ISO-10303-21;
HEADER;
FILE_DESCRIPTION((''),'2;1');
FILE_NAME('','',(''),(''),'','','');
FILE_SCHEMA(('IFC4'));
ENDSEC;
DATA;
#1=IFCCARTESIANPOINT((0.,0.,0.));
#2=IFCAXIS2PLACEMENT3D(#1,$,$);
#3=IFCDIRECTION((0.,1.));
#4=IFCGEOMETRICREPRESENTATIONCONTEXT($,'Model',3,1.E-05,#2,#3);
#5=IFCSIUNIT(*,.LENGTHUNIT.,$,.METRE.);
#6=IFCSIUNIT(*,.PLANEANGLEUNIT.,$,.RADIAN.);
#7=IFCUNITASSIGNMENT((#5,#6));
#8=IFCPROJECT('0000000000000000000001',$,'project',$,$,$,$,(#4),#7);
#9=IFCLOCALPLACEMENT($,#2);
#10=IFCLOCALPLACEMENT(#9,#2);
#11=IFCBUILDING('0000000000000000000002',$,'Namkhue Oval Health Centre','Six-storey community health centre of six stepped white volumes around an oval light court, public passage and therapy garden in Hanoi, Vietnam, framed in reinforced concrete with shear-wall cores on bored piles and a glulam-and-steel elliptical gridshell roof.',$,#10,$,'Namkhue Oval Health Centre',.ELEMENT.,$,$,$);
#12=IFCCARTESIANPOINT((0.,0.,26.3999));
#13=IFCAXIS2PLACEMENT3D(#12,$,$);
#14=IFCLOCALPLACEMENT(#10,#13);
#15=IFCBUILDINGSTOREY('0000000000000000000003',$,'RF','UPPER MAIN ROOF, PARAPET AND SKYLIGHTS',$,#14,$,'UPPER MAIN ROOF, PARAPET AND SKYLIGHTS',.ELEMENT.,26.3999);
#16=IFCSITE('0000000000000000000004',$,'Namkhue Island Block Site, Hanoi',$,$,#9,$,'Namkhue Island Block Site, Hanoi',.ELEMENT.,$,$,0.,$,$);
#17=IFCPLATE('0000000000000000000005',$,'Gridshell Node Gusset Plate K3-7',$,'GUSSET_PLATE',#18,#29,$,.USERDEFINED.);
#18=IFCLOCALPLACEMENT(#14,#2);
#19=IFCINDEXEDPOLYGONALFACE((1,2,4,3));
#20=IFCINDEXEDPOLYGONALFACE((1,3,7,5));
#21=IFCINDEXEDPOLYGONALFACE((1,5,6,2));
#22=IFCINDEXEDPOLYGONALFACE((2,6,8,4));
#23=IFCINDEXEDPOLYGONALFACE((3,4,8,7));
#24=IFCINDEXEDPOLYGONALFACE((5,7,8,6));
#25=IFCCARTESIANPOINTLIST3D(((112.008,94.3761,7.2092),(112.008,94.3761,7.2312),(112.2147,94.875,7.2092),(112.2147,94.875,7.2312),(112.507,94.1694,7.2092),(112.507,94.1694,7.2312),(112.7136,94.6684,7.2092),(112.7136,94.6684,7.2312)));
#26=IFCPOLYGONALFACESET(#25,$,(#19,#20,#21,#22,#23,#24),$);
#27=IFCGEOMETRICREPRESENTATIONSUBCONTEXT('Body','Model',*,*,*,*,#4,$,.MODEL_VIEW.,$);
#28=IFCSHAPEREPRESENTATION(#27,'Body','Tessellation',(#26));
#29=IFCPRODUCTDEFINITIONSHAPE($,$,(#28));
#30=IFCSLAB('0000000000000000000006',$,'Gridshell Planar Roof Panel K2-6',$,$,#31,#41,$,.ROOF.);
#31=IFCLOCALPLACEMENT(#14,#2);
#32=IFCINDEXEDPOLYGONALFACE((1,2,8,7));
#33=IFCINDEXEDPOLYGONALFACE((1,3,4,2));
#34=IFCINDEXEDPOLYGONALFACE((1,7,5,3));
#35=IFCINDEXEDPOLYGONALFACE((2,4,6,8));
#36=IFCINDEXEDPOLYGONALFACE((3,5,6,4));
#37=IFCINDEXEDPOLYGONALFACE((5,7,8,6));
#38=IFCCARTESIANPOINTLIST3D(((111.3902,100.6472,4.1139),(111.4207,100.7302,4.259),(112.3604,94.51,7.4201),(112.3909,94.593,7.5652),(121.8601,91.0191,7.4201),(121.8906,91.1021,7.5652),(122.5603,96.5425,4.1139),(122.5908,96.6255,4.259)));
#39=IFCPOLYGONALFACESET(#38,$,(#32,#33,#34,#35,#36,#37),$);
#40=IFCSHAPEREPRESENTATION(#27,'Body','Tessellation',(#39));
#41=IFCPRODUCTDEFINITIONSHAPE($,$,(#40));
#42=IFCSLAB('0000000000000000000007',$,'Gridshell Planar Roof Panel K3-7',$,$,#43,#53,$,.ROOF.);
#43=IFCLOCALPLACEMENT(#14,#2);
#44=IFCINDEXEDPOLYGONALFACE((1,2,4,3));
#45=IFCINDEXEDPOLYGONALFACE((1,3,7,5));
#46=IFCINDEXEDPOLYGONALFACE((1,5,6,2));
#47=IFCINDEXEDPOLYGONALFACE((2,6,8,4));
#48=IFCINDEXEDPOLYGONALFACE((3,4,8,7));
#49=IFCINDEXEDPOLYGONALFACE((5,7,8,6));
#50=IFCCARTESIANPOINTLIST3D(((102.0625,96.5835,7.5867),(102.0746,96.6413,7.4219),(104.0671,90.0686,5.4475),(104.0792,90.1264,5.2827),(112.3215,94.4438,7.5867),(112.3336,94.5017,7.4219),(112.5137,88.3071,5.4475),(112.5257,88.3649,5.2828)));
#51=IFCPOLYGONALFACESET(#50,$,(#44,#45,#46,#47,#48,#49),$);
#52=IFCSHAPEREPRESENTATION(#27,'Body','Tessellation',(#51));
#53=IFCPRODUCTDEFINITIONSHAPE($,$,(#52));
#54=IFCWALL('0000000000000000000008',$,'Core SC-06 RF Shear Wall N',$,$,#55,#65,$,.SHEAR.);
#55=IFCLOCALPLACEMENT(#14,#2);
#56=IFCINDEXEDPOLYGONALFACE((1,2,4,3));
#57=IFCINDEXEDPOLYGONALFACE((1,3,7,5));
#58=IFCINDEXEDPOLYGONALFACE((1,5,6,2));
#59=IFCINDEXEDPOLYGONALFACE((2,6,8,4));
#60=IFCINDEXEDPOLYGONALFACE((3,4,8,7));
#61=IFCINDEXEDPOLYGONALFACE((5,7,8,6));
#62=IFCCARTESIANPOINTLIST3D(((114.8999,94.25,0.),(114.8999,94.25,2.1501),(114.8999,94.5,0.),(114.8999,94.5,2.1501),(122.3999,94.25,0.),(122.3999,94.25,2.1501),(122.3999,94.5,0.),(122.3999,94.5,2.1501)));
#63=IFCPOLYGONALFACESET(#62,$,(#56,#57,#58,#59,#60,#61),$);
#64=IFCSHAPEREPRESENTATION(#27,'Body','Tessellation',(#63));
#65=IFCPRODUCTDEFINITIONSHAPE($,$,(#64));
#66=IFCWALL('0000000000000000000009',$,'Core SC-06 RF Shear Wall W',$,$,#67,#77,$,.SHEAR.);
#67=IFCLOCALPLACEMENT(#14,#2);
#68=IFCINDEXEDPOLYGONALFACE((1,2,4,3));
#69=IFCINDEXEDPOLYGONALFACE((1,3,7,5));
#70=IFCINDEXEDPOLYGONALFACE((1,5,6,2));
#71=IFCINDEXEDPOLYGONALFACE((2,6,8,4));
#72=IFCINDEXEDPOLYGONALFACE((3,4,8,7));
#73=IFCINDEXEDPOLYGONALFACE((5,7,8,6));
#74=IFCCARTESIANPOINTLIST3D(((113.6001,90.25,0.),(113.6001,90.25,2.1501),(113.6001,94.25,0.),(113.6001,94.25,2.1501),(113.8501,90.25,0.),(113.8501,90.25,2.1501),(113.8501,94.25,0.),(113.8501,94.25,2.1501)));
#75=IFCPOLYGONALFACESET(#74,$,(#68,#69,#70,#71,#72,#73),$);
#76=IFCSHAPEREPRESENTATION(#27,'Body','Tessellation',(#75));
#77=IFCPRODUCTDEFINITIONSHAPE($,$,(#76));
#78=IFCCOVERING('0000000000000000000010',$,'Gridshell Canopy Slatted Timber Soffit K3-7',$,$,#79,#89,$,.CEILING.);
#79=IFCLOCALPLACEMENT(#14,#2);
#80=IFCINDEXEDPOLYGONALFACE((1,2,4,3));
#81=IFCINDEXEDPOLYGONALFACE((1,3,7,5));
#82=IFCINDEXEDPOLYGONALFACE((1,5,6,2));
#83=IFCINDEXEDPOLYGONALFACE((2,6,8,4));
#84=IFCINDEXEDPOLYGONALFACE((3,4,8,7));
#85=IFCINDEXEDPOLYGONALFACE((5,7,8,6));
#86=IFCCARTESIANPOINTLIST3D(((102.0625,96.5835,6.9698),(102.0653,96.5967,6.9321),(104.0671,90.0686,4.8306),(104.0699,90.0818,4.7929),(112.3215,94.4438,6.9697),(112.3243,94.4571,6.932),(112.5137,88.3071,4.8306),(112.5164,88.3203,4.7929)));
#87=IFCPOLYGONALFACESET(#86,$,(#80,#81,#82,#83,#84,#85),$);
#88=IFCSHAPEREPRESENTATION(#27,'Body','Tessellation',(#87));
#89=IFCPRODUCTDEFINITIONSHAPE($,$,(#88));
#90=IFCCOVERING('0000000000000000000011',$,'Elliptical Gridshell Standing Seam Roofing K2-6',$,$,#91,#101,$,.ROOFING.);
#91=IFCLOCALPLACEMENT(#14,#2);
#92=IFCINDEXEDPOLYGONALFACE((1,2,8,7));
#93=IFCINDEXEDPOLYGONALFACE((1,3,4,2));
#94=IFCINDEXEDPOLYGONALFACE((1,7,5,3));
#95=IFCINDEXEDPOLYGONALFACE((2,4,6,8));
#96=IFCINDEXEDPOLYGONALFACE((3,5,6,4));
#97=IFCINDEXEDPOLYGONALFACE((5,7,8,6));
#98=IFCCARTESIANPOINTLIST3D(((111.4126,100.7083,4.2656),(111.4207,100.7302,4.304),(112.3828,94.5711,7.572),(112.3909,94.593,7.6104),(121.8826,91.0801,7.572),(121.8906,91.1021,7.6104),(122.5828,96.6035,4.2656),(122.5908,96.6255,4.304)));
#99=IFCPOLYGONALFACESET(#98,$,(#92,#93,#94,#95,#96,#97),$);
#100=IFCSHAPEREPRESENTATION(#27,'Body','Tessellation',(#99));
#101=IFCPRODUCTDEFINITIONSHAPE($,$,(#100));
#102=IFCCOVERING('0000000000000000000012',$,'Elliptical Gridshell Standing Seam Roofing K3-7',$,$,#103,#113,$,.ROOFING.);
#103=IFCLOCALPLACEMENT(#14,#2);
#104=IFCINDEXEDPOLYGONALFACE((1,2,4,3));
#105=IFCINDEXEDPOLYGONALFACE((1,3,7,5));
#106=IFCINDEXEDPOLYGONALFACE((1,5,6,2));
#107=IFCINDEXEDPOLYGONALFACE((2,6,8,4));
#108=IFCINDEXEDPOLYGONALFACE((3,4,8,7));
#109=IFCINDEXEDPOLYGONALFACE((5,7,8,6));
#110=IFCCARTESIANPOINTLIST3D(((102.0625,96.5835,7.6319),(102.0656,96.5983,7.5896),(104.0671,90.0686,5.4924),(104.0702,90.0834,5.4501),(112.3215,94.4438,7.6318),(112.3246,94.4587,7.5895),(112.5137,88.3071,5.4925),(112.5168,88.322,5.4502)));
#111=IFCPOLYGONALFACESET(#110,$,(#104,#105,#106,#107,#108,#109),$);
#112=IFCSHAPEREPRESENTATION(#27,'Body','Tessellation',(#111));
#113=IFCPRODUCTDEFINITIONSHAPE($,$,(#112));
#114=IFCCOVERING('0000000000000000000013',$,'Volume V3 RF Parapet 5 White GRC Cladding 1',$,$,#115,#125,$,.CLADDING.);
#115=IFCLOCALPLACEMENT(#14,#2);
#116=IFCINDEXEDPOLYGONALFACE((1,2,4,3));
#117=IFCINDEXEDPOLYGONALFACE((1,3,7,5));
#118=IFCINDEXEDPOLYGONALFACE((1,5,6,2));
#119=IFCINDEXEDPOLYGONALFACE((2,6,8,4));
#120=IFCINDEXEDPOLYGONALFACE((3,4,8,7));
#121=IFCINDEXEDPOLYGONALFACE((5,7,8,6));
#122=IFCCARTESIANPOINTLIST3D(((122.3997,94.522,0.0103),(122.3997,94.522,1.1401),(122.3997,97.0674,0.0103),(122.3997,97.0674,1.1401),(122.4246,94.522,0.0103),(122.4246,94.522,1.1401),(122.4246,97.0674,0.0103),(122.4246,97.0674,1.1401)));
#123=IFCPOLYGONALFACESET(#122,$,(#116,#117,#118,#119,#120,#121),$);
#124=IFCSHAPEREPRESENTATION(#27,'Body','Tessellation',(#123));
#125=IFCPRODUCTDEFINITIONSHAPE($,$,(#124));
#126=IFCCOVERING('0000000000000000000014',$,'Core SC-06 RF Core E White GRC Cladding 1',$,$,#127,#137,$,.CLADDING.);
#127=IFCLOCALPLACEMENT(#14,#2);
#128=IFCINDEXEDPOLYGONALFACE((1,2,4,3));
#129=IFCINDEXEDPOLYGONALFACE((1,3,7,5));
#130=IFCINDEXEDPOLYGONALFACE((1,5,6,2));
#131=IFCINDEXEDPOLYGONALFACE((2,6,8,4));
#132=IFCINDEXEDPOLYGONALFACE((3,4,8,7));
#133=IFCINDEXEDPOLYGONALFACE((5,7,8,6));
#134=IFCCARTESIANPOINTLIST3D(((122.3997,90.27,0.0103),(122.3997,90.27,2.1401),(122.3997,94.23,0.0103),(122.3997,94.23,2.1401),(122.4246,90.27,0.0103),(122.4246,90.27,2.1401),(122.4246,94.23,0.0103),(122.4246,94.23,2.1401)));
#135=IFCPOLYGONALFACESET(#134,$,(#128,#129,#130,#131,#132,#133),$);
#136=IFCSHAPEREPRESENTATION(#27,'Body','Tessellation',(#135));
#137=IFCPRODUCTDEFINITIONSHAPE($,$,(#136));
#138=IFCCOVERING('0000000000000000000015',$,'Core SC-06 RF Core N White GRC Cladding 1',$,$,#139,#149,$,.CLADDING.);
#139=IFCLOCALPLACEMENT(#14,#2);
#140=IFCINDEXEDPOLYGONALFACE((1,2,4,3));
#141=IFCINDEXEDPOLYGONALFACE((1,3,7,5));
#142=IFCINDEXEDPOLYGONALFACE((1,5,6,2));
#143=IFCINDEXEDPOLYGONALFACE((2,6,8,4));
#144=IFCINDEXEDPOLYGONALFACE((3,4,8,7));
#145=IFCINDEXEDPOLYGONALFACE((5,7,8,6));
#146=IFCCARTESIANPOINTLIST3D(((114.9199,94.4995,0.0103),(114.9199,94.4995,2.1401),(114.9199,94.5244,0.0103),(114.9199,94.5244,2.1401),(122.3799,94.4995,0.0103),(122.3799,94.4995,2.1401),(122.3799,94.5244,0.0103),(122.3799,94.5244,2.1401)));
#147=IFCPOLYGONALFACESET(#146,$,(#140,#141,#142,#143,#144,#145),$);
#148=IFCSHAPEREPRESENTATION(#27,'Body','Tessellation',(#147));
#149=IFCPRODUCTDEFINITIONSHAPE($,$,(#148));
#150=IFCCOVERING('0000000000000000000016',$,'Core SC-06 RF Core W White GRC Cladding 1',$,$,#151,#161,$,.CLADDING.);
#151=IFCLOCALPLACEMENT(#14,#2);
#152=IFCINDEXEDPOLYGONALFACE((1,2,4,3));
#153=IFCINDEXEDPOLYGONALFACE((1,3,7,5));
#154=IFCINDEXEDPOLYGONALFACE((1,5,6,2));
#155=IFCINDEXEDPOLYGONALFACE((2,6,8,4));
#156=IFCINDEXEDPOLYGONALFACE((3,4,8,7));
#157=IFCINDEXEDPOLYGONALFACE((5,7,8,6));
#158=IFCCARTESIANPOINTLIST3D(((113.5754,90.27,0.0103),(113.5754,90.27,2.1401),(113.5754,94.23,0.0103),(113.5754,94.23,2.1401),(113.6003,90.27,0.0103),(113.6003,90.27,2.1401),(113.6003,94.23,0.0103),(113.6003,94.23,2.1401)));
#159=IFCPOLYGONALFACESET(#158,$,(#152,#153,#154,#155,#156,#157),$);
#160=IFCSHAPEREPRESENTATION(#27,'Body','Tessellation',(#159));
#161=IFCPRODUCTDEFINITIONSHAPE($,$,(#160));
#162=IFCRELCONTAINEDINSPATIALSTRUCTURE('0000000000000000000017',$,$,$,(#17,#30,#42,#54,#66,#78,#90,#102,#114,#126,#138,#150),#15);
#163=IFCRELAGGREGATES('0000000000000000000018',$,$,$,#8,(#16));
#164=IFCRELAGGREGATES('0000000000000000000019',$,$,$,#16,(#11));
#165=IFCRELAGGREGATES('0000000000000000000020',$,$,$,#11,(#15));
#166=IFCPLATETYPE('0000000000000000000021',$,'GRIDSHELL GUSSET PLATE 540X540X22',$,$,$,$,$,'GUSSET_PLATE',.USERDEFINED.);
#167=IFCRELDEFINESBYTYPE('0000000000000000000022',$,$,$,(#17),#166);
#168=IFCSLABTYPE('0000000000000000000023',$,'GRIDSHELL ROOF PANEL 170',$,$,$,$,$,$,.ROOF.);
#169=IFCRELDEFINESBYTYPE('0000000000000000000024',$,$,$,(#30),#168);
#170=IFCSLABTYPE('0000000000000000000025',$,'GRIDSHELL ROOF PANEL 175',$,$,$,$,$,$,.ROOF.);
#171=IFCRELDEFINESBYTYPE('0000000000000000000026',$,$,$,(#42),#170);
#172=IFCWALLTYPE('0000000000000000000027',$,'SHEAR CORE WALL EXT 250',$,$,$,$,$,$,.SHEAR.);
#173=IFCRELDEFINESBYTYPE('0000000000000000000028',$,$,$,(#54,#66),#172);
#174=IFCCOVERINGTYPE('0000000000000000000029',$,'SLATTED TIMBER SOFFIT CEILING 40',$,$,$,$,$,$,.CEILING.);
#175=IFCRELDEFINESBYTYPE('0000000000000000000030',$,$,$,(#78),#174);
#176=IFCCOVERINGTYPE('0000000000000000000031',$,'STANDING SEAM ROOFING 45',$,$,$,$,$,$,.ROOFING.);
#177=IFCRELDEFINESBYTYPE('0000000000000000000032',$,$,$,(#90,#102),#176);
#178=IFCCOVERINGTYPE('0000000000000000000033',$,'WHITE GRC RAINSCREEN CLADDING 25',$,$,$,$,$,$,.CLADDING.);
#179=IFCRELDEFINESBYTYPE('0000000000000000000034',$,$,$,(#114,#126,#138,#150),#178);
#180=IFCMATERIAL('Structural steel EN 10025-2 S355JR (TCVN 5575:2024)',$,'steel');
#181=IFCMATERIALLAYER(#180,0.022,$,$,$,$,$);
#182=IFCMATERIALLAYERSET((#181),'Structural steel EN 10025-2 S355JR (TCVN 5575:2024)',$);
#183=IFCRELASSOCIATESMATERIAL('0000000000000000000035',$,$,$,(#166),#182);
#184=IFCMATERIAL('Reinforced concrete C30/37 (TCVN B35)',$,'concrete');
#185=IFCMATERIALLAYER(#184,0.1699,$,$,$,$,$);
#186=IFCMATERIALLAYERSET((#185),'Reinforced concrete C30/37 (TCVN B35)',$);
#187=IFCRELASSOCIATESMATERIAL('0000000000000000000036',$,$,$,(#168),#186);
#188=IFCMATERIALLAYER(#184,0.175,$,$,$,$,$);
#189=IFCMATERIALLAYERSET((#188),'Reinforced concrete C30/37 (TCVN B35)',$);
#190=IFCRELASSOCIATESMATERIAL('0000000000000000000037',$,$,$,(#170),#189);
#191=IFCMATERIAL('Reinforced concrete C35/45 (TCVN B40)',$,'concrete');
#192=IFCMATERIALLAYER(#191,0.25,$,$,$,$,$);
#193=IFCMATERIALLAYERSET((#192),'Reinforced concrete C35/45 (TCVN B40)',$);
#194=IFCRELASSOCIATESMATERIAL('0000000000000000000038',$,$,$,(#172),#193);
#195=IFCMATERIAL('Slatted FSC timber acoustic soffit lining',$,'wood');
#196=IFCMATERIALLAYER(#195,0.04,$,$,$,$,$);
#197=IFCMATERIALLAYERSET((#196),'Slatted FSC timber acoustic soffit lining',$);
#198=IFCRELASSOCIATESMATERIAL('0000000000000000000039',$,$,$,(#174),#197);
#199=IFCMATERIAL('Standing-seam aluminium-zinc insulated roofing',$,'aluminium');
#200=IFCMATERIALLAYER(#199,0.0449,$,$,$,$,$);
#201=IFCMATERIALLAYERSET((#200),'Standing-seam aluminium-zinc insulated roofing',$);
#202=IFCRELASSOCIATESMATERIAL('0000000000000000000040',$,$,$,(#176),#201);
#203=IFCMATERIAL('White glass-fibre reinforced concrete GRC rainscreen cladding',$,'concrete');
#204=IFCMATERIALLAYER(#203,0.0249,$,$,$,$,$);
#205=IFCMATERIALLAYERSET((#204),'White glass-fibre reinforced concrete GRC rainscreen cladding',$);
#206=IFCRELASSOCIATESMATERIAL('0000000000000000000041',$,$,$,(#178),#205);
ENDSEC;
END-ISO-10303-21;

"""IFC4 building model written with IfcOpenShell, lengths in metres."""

from ifc_helpers import new_model, si_unit, direction, frame, frame_2d, origin, origin_2d, place, context, subcontext, project, spatial, polyline, rectangle, outline, extrude, material, layer, layer_set, type_object, element, save


model = new_model("IFC4")

# Units and contexts
model_context = context("Model", 3, precision=1e-05, world=origin(), true_north=direction((0.0, 1.0)))
body_context = subcontext(model_context, "Body", "Model", "MODEL_VIEW")
ifc_project = project(units=[si_unit("LENGTHUNIT", "METRE"), si_unit("PLANEANGLEUNIT", "RADIAN")], contexts=[model_context])

# Site, building, storey
site_placement = place(None, origin())
site = spatial("IfcSite", under=ifc_project, at=site_placement, Name="Namkhue Island Block Site, Hanoi", LongName="Namkhue Island Block Site, Hanoi", CompositionType="ELEMENT", RefElevation=0.0)
building_placement = place(site_placement, origin())
building = spatial("IfcBuilding", under=site, at=building_placement, Name="Namkhue Oval Health Centre", Description="Six-storey community health centre of six stepped white volumes around an oval light court, public passage and therapy garden in Hanoi, Vietnam, framed in reinforced concrete with shear-wall cores on bored piles and a glulam-and-steel elliptical gridshell roof.", LongName="Namkhue Oval Health Centre", CompositionType="ELEMENT")
storey_placement = place(building_placement, frame((0.0, 0.0, 26.3999)))
storey = spatial("IfcBuildingStorey", under=building, at=storey_placement, Name="RF", Description="UPPER MAIN ROOF, PARAPET AND SKYLIGHTS", LongName="UPPER MAIN ROOF, PARAPET AND SKYLIGHTS", CompositionType="ELEMENT", Elevation=26.3999)

# Shared definitions
ifc_material_1 = material(Name="Structural steel EN 10025-2 S355JR (TCVN 5575:2024)", Category="steel")

# Plate
ifc_layer_1 = layer(ifc_material_1, 0.022)
ifc_layer_set_1 = layer_set([ifc_layer_1], Name="Structural steel EN 10025-2 S355JR (TCVN 5575:2024)")
plate_type_1 = type_object("IfcPlateType", Name="GRIDSHELL GUSSET PLATE 540X540X22", ElementType="GUSSET_PLATE", PredefinedType="USERDEFINED", material=ifc_layer_set_1)
for number, where, z_axis, x_axis, name in (
    (1, (112.3608, 94.5222, 7.2092), (0.0, 0.0, 1.0), (0.382683, 0.92388, 0.0), "Gridshell Node Gusset Plate K3-7"),
):
    element("IfcPlate", number, at=place(storey_placement, frame(where, z_axis=z_axis, x_axis=x_axis)), inside=storey, type_object=plate_type_1, Name=name, ObjectType="GUSSET_PLATE", PredefinedType="USERDEFINED", context=body_context, shape_type="SweptSolid", body=[
        extrude(rectangle(XDim=0.54, YDim=0.54, at=origin_2d()), origin(), (0.0, 0.0, 1.0), 0.022),
    ])

# Slabs
ifc_material_2 = material(Name="Reinforced concrete C30/37 (TCVN B35)", Category="concrete")
ifc_layer_2 = layer(ifc_material_2, 0.1699)
ifc_layer_set_2 = layer_set([ifc_layer_2], Name="Reinforced concrete C30/37 (TCVN B35)")
slab_type_1 = type_object("IfcSlabType", Name="GRIDSHELL ROOF PANEL 170", PredefinedType="ROOF", material=ifc_layer_set_2)
slab_1_placement = place(storey_placement, frame((122.5908, 96.6255, 4.259), z_axis=(0.179477, 0.488405, 0.853961), x_axis=(-0.938631, 0.344923, 0.000001)))
element("IfcSlab", 2, at=slab_1_placement, inside=storey, type_object=slab_type_1, Name="Gridshell Planar Roof Panel K2-6", PredefinedType="ROOF", context=body_context, shape_type="SweptSolid", body=[
    extrude(outline(polyline([(0.0, 0.0), (11.9005, 0.0), (8.873, 6.3538), (-1.2479, 6.3539), (0.0, 0.0)])), origin(), (0.0, 0.0, -1.0), 0.1699),
])
ifc_layer_3 = layer(ifc_material_2, 0.175)
ifc_layer_set_3 = layer_set([ifc_layer_3], Name="Reinforced concrete C30/37 (TCVN B35)")
slab_type_2 = type_object("IfcSlabType", Name="GRIDSHELL ROOF PANEL 175", PredefinedType="ROOF", material=ifc_layer_set_3)
slab_2_placement = place(storey_placement, frame((112.3215, 94.4438, 7.5867), z_axis=(-0.068884, -0.330295, 0.941361), x_axis=(-0.978936, 0.204168, 0.000003)))
element("IfcSlab", 3, at=slab_2_placement, inside=storey, type_object=slab_type_2, Name="Gridshell Planar Roof Panel K3-7", PredefinedType="ROOF", context=body_context, shape_type="SweptSolid", body=[
    extrude(outline(polyline([(0.0, 0.0), (10.4798, 0.0), (7.1872, 6.3402), (-1.441, 6.34), (0.0, 0.0)])), origin(), (0.0, 0.0, -1.0), 0.175),
])

# Walls
ifc_material_3 = material(Name="Reinforced concrete C35/45 (TCVN B40)", Category="concrete")
ifc_layer_4 = layer(ifc_material_3, 0.25)
ifc_layer_set_4 = layer_set([ifc_layer_4], Name="Reinforced concrete C35/45 (TCVN B40)")
wall_type = type_object("IfcWallType", Name="SHEAR CORE WALL EXT 250", PredefinedType="SHEAR", material=ifc_layer_set_4)
wall_1_placement = place(storey_placement, frame((122.3999, 94.375, 0.0), z_axis=(0.0, 0.0, 1.0), x_axis=(-1.0, 0.0, 0.0)))
element("IfcWall", 4, at=wall_1_placement, inside=storey, type_object=wall_type, Name="Core SC-06 RF Shear Wall N", PredefinedType="SHEAR", context=body_context, shape_type="SweptSolid", body=[
    extrude(rectangle(XDim=7.5, YDim=0.25, at=frame_2d((3.75, 0.0))), origin(), (0.0, 0.0, 1.0), 2.1501),
])
wall_2_placement = place(storey_placement, frame((113.7251, 94.25, 0.0), z_axis=(0.0, 0.0, 1.0), x_axis=(0.0, -1.0, 0.0)))
element("IfcWall", 5, at=wall_2_placement, inside=storey, type_object=wall_type, Name="Core SC-06 RF Shear Wall W", PredefinedType="SHEAR", context=body_context, shape_type="SweptSolid", body=[
    extrude(rectangle(XDim=4.0, YDim=0.25, at=frame_2d((2.0, 0.0))), origin(), (0.0, 0.0, 1.0), 2.1501),
])

# Coverings
ifc_material_4 = material(Name="Slatted FSC timber acoustic soffit lining", Category="wood")
ifc_layer_5 = layer(ifc_material_4, 0.04)
ifc_layer_set_5 = layer_set([ifc_layer_5], Name="Slatted FSC timber acoustic soffit lining")
covering_type_1 = type_object("IfcCoveringType", Name="SLATTED TIMBER SOFFIT CEILING 40", PredefinedType="CEILING", material=ifc_layer_set_5)
covering_1_placement = place(storey_placement, frame((112.3215, 94.4438, 6.9697), z_axis=(-0.068884, -0.330295, 0.941361), x_axis=(-0.978936, 0.204168, 0.000003)))
element("IfcCovering", 6, at=covering_1_placement, inside=storey, type_object=covering_type_1, Name="Gridshell Canopy Slatted Timber Soffit K3-7", PredefinedType="CEILING", context=body_context, shape_type="SweptSolid", body=[
    extrude(outline(polyline([(0.0, 0.0), (10.4798, 0.0), (7.1872, 6.3402), (-1.441, 6.34), (0.0, 0.0)])), origin(), (0.0, 0.0, -1.0), 0.04),
])
ifc_material_5 = material(Name="Standing-seam aluminium-zinc insulated roofing", Category="aluminium")
ifc_layer_6 = layer(ifc_material_5, 0.0449)
ifc_layer_set_6 = layer_set([ifc_layer_6], Name="Standing-seam aluminium-zinc insulated roofing")
covering_type_2 = type_object("IfcCoveringType", Name="STANDING SEAM ROOFING 45", PredefinedType="ROOFING", material=ifc_layer_set_6)
covering_2_placement = place(storey_placement, frame((122.5908, 96.6255, 4.304), z_axis=(0.179487, 0.488431, 0.853944), x_axis=(-0.938631, 0.344923, 0.000001)))
element("IfcCovering", 7, at=covering_2_placement, inside=storey, type_object=covering_type_2, Name="Elliptical Gridshell Standing Seam Roofing K2-6", PredefinedType="ROOFING", context=body_context, shape_type="SweptSolid", body=[
    extrude(outline(polyline([(0.0, 0.0), (11.9005, 0.0), (8.873, 6.354), (-1.2479, 6.354), (0.0, 0.0)])), origin(), (0.0, 0.0, -1.0), 0.0449),
])
covering_3_placement = place(storey_placement, frame((112.3215, 94.4438, 7.6318), z_axis=(-0.068891, -0.330329, 0.941348), x_axis=(-0.978936, 0.204168, 0.000003)))
element("IfcCovering", 8, at=covering_3_placement, inside=storey, type_object=covering_type_2, Name="Elliptical Gridshell Standing Seam Roofing K3-7", PredefinedType="ROOFING", context=body_context, shape_type="SweptSolid", body=[
    extrude(outline(polyline([(0.0, 0.0), (10.4798, 0.0), (7.1872, 6.3402), (-1.441, 6.3401), (0.0, 0.0)])), origin(), (0.0, 0.0, -1.0), 0.0449),
])
ifc_material_6 = material(Name="White glass-fibre reinforced concrete GRC rainscreen cladding", Category="concrete")
ifc_layer_7 = layer(ifc_material_6, 0.0249)
ifc_layer_set_7 = layer_set([ifc_layer_7], Name="White glass-fibre reinforced concrete GRC rainscreen cladding")
covering_type_3 = type_object("IfcCoveringType", Name="WHITE GRC RAINSCREEN CLADDING 25", PredefinedType="CLADDING", material=ifc_layer_set_7)
covering_4_placement = place(storey_placement, frame((122.4121, 95.7947, 0.0103), z_axis=(0.0, 0.0, 1.0), x_axis=(0.0, -1.0, 0.0)))
element("IfcCovering", 9, at=covering_4_placement, inside=storey, type_object=covering_type_3, Name="Volume V3 RF Parapet 5 White GRC Cladding 1", PredefinedType="CLADDING", context=body_context, shape_type="SweptSolid", body=[
    extrude(rectangle(XDim=2.5454, YDim=0.0249, at=origin_2d()), origin(), (0.0, 0.0, 1.0), 1.1299),
])
covering_5_placement = place(storey_placement, frame((122.4121, 92.25, 0.0103), z_axis=(0.0, 0.0, 1.0), x_axis=(0.0, 1.0, 0.0)))
element("IfcCovering", 10, at=covering_5_placement, inside=storey, type_object=covering_type_3, Name="Core SC-06 RF Core E White GRC Cladding 1", PredefinedType="CLADDING", context=body_context, shape_type="SweptSolid", body=[
    extrude(rectangle(XDim=3.96, YDim=0.0249, at=origin_2d()), origin(), (0.0, 0.0, 1.0), 2.1299),
])
covering_6_placement = place(storey_placement, frame((118.6499, 94.512, 0.0103), z_axis=(0.0, 0.0, 1.0), x_axis=(-1.0, 0.0, 0.0)))
element("IfcCovering", 11, at=covering_6_placement, inside=storey, type_object=covering_type_3, Name="Core SC-06 RF Core N White GRC Cladding 1", PredefinedType="CLADDING", context=body_context, shape_type="SweptSolid", body=[
    extrude(rectangle(XDim=7.46, YDim=0.0249, at=origin_2d()), origin(), (0.0, 0.0, 1.0), 2.1299),
])
covering_7_placement = place(storey_placement, frame((113.5879, 92.25, 0.0103), z_axis=(0.0, 0.0, 1.0), x_axis=(0.0, -1.0, 0.0)))
element("IfcCovering", 12, at=covering_7_placement, inside=storey, type_object=covering_type_3, Name="Core SC-06 RF Core W White GRC Cladding 1", PredefinedType="CLADDING", context=body_context, shape_type="SweptSolid", body=[
    extrude(rectangle(XDim=3.96, YDim=0.0249, at=origin_2d()), origin(), (0.0, 0.0, 1.0), 2.1299),
])

save(model, "model.ifc")
